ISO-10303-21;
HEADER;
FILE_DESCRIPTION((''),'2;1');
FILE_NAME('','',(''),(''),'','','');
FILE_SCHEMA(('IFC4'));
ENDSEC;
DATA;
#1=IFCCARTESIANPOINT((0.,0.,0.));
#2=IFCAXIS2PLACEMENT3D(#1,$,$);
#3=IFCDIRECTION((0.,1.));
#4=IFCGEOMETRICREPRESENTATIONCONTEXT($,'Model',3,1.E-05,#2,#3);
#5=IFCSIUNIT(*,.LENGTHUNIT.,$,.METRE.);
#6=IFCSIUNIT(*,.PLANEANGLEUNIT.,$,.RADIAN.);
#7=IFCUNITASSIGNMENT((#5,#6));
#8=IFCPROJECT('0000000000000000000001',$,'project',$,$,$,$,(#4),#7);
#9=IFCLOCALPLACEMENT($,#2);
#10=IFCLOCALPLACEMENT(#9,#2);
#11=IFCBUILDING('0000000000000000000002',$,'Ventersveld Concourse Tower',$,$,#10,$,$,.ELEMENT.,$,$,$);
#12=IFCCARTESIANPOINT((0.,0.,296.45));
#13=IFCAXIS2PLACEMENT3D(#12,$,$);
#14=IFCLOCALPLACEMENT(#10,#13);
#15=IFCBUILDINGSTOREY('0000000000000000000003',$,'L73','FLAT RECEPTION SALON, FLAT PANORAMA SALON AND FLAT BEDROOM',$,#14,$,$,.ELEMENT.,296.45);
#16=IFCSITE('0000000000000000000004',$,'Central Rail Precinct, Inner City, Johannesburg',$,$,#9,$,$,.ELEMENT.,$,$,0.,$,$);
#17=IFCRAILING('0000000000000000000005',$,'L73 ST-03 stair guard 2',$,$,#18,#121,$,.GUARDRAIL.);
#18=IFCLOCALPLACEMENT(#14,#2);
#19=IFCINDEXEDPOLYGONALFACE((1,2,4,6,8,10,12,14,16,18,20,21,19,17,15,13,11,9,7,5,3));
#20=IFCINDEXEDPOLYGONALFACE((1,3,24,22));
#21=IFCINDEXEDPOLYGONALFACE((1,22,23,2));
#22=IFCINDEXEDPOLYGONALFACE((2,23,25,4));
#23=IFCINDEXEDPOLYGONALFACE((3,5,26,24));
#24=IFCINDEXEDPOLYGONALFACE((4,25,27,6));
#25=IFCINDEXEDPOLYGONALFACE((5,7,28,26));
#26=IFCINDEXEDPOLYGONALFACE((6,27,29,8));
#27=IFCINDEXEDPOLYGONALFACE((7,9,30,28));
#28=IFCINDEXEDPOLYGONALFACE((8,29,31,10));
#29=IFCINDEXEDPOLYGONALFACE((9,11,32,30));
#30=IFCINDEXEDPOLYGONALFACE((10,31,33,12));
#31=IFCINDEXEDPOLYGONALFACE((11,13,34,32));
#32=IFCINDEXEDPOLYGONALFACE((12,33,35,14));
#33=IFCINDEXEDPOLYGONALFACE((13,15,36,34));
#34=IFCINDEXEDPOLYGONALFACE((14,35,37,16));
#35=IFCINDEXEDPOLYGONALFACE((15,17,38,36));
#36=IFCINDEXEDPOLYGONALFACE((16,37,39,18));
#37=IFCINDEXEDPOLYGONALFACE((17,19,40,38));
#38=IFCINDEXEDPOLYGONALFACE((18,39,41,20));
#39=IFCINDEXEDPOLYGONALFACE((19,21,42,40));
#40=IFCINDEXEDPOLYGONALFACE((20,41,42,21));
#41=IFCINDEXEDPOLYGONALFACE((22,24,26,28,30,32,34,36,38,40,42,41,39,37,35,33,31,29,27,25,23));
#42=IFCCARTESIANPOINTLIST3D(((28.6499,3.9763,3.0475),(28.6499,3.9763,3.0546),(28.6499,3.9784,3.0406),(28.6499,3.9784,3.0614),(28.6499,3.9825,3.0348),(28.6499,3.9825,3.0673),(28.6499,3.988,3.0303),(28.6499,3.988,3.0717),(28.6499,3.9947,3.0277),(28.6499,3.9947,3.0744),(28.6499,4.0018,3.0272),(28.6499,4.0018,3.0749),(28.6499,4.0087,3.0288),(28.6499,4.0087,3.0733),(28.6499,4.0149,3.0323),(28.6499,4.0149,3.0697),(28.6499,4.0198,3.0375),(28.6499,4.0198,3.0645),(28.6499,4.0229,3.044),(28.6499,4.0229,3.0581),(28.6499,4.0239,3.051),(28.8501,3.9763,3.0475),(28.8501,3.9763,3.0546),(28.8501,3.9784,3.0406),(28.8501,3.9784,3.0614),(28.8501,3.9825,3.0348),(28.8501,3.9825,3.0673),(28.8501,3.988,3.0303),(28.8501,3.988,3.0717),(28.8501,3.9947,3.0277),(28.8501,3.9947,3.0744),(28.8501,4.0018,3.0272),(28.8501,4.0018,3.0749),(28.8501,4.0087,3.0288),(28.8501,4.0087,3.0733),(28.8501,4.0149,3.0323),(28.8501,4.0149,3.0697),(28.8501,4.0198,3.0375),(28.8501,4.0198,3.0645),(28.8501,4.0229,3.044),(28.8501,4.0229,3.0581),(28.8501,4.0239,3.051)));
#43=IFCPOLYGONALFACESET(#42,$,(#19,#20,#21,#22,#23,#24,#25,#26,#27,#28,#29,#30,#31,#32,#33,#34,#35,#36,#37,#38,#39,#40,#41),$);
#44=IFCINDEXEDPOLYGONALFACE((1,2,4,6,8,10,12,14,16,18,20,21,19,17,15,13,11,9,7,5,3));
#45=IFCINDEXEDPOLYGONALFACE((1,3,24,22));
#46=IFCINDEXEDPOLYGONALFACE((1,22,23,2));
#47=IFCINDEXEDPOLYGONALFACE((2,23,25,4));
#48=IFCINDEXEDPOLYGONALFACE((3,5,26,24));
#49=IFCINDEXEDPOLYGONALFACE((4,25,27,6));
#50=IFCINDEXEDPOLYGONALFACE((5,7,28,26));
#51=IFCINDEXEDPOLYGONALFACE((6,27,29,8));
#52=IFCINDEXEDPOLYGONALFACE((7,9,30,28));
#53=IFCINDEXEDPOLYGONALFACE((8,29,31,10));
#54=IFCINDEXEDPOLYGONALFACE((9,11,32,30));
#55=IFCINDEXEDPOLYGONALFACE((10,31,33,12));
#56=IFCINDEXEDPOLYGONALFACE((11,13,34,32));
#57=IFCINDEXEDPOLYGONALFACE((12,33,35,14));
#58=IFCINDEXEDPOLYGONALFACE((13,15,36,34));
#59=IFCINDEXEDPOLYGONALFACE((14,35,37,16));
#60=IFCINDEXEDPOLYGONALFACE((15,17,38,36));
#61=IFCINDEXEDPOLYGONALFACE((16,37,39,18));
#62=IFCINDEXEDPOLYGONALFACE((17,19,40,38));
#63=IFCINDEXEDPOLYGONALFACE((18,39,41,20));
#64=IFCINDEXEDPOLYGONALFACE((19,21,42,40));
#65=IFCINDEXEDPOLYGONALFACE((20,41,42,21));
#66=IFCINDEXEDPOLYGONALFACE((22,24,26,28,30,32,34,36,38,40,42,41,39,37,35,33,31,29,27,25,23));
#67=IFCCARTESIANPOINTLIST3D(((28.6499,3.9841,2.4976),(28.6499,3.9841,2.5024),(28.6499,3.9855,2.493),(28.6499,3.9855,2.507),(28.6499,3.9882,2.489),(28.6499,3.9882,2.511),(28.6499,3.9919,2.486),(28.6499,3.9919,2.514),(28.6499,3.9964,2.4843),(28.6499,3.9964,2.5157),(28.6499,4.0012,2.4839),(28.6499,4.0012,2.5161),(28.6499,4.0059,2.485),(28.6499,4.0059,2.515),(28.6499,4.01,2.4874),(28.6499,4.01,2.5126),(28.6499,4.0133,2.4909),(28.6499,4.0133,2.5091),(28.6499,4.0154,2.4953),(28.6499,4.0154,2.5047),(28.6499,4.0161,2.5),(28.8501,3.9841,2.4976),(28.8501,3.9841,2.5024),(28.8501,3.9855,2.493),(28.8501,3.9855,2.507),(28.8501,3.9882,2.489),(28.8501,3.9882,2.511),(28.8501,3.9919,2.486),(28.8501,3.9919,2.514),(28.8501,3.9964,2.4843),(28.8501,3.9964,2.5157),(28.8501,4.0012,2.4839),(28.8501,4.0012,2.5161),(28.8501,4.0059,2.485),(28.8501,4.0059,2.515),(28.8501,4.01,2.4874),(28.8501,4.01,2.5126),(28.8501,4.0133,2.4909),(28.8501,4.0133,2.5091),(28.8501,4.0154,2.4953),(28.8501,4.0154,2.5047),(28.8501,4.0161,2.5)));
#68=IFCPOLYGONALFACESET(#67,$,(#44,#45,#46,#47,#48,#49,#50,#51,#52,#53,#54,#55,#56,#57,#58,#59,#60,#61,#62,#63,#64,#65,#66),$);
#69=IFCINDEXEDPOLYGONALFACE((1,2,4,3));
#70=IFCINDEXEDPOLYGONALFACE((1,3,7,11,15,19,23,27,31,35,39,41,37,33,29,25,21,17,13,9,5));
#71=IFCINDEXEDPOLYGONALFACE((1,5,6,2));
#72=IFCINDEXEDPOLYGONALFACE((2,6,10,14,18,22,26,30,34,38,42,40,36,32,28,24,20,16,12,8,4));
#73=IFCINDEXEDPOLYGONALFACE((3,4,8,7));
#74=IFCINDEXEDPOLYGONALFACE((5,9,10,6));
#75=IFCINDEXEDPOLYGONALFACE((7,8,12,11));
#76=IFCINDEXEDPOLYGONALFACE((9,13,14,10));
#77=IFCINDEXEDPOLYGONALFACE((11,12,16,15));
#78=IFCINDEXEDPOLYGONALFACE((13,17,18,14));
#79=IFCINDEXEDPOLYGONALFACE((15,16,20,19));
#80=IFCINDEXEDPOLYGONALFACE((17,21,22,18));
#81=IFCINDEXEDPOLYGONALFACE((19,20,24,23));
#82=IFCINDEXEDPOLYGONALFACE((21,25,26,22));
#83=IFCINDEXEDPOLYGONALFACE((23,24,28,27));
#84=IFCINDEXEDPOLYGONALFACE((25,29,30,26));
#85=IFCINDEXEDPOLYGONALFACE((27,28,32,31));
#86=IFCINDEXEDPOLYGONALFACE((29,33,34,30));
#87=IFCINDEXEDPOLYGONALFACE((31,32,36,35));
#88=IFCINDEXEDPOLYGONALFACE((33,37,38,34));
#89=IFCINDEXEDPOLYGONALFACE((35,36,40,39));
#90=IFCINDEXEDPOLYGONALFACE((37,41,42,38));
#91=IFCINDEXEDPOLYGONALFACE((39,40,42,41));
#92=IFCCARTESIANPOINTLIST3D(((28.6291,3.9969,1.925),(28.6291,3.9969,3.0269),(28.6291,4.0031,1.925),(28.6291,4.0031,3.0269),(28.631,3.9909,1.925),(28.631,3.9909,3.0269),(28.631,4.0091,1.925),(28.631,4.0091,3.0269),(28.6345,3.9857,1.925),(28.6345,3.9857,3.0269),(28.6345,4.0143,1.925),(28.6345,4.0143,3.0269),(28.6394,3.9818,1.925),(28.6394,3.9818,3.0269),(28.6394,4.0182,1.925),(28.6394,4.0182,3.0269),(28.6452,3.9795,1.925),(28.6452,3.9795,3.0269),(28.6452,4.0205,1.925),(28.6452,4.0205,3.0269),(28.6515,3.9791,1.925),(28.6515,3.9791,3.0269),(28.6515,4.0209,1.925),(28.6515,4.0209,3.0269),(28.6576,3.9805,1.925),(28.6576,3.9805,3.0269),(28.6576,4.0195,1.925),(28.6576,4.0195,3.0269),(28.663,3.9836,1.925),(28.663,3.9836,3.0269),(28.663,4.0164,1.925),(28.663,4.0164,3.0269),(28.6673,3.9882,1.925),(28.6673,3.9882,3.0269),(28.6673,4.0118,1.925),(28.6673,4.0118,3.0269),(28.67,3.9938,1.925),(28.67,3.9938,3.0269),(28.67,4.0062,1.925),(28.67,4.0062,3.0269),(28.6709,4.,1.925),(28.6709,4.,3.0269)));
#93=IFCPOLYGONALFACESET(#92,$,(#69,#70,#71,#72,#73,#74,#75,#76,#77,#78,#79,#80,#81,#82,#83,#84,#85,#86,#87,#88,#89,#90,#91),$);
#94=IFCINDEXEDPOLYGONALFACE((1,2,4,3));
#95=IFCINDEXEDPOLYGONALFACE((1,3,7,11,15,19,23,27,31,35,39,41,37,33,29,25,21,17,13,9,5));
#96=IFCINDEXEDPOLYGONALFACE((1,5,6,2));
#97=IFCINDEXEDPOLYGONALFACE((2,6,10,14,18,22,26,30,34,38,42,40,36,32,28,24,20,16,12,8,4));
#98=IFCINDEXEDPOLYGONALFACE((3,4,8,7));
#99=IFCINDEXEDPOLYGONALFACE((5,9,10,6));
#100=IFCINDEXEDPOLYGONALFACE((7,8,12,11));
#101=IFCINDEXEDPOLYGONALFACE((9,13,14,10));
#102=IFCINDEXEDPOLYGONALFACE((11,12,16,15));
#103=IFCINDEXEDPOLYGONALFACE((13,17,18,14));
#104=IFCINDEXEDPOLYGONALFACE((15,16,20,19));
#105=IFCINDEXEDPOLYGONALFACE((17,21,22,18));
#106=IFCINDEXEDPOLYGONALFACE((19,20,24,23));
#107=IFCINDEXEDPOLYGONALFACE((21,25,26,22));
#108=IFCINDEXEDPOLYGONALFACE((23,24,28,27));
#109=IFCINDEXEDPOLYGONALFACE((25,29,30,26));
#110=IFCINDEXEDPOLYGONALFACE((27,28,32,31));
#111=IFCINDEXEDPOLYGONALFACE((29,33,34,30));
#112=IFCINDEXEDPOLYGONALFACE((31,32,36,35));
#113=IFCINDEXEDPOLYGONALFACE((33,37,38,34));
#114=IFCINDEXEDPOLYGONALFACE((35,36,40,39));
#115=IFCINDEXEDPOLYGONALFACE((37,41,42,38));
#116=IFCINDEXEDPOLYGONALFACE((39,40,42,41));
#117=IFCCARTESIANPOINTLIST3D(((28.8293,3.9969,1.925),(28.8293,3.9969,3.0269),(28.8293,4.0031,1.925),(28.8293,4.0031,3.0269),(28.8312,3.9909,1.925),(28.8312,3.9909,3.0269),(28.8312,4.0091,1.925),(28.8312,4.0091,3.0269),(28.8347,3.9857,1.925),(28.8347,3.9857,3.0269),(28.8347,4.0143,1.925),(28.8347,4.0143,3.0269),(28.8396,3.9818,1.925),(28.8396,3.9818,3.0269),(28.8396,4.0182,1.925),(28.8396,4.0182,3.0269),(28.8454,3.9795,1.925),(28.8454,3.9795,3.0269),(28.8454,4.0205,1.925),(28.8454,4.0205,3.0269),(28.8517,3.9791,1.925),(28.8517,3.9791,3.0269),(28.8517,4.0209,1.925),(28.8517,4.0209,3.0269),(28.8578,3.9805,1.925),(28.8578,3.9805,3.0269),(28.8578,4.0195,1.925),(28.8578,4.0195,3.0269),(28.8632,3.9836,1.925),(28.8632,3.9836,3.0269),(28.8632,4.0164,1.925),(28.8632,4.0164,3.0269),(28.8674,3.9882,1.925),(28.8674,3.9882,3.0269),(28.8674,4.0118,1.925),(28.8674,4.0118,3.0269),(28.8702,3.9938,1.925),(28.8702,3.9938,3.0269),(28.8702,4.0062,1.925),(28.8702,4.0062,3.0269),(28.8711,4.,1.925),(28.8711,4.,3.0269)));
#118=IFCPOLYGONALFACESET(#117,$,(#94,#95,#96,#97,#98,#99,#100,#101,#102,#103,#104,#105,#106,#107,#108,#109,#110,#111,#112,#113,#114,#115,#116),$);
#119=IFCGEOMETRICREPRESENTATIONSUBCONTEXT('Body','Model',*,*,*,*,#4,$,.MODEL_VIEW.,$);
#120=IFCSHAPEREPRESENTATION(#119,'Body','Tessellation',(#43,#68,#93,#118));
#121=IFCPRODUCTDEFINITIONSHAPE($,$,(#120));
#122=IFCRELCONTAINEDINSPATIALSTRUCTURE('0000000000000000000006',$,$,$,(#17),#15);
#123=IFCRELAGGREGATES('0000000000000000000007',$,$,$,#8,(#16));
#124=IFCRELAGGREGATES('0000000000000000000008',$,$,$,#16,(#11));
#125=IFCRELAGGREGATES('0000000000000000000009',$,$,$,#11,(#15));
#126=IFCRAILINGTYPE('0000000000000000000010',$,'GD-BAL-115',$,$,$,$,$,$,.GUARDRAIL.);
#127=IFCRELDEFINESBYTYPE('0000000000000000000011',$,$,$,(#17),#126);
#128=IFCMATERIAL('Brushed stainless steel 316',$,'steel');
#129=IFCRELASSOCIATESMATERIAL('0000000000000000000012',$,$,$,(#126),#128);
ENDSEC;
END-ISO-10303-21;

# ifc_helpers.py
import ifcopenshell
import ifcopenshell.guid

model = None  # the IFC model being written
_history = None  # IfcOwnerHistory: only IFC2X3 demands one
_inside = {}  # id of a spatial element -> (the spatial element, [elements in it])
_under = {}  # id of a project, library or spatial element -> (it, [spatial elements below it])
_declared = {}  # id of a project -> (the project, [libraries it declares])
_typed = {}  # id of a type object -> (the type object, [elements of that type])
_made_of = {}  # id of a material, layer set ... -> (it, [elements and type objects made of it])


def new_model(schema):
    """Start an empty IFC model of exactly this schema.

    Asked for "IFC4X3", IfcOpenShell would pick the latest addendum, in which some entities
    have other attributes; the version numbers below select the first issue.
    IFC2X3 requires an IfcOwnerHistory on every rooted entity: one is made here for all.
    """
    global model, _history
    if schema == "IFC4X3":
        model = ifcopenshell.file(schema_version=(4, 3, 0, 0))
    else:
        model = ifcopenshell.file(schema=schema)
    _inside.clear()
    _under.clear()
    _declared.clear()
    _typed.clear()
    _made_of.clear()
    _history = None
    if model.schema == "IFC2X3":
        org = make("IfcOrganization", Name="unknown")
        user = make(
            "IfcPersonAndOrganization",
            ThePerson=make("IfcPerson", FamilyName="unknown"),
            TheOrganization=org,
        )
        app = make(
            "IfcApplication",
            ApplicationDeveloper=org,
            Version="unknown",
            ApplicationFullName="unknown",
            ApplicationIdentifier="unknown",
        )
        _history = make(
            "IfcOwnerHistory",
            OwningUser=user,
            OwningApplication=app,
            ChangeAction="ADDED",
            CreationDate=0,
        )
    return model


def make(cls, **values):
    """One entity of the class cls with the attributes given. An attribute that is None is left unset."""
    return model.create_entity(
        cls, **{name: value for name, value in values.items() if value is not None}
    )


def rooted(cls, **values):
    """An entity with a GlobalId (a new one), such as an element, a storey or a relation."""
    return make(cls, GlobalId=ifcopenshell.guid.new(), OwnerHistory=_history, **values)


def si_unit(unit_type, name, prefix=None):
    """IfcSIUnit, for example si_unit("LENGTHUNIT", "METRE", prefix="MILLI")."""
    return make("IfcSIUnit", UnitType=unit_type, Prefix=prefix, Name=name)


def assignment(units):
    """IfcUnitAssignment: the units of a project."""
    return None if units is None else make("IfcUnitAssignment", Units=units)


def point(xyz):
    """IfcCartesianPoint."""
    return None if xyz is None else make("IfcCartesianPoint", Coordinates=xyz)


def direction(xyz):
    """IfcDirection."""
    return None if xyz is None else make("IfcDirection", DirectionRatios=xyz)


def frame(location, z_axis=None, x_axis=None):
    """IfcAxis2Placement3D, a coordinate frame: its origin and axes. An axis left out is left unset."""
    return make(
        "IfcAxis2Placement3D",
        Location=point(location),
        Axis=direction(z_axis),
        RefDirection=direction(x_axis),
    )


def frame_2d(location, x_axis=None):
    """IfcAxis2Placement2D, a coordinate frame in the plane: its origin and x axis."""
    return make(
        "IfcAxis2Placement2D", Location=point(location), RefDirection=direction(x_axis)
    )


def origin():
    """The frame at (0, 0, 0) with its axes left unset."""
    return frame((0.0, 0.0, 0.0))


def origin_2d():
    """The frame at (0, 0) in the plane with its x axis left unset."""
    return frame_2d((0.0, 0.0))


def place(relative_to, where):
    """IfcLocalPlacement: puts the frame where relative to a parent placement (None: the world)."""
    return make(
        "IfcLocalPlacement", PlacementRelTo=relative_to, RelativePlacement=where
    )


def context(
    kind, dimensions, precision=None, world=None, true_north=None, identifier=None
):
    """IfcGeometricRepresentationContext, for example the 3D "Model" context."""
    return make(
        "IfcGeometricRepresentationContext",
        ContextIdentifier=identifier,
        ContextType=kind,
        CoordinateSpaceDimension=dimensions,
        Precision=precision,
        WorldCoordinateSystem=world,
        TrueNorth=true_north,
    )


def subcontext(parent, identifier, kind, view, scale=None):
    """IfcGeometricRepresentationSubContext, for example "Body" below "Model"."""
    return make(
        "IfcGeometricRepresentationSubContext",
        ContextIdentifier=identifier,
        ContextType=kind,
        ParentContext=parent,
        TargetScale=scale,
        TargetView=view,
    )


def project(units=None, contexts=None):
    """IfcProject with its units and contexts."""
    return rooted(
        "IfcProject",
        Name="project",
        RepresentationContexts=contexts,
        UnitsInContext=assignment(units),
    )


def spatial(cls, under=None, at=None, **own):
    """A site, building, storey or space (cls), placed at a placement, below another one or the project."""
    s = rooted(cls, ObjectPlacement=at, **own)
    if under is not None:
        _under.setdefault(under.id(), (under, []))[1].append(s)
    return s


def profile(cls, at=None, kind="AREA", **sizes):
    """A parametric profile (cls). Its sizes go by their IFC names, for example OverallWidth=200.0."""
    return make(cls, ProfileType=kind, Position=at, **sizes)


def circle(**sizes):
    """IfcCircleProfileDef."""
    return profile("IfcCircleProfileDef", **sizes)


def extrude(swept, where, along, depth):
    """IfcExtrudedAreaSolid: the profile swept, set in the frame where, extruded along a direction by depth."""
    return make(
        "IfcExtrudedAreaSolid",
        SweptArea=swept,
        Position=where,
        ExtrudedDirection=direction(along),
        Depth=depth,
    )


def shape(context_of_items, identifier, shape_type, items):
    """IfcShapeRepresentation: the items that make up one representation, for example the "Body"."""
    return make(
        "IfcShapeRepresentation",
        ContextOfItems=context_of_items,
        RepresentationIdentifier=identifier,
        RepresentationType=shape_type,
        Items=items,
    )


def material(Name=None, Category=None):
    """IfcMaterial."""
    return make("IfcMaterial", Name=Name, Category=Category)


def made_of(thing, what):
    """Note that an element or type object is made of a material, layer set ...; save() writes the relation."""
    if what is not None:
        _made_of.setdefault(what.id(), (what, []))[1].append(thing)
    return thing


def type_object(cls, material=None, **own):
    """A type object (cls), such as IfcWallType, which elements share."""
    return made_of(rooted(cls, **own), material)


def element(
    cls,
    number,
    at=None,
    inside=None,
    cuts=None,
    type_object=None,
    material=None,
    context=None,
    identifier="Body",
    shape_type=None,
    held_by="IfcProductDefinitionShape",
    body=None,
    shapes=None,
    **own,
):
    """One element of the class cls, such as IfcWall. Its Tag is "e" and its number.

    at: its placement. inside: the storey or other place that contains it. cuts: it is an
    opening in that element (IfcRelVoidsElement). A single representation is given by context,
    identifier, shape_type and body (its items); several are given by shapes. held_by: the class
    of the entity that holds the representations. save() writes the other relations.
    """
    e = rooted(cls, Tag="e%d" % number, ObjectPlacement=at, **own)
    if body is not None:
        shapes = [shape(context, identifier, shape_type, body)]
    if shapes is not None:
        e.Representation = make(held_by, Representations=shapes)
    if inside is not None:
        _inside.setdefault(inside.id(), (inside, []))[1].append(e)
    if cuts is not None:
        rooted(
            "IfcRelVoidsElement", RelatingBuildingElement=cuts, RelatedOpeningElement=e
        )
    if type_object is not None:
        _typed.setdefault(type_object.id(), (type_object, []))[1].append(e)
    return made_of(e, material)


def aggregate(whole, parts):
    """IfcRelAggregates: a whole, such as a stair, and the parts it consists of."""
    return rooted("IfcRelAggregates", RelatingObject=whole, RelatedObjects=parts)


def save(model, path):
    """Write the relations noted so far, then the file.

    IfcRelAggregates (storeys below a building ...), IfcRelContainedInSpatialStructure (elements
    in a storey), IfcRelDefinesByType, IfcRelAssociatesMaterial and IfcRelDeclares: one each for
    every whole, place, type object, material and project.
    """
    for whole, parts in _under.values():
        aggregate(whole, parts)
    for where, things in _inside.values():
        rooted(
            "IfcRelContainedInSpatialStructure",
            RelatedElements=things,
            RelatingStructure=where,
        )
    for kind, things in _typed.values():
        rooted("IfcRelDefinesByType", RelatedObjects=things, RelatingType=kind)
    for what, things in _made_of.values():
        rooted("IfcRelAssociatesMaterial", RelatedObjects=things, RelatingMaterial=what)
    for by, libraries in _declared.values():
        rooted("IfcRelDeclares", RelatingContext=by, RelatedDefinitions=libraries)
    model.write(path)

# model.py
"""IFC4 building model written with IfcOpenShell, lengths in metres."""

from ifc_helpers import new_model, si_unit, direction, frame, origin, origin_2d, place, context, subcontext, project, spatial, circle, extrude, material, type_object, element, save


model = new_model("IFC4")

# Units and contexts
model_context = context("Model", 3, precision=1e-05, world=origin(), true_north=direction((0.0, 1.0)))
body_context = subcontext(model_context, "Body", "Model", "MODEL_VIEW")
ifc_project = project(units=[si_unit("LENGTHUNIT", "METRE"), si_unit("PLANEANGLEUNIT", "RADIAN")], contexts=[model_context])

# Site, building, storey
site_placement = place(None, origin())
site = spatial("IfcSite", under=ifc_project, at=site_placement, Name="Central Rail Precinct, Inner City, Johannesburg", CompositionType="ELEMENT", RefElevation=0.0)
building_placement = place(site_placement, origin())
building = spatial("IfcBuilding", under=site, at=building_placement, Name="Ventersveld Concourse Tower", CompositionType="ELEMENT")
storey_placement = place(building_placement, frame((0.0, 0.0, 296.45)))
storey = spatial("IfcBuildingStorey", under=building, at=storey_placement, Name="L73", Description="FLAT RECEPTION SALON, FLAT PANORAMA SALON AND FLAT BEDROOM", CompositionType="ELEMENT", Elevation=296.45)

# Shared definitions
ifc_material_1 = material(Name="Brushed stainless steel 316", Category="steel")

# Railing
railing_type_1 = type_object("IfcRailingType", Name="GD-BAL-115", PredefinedType="GUARDRAIL", material=ifc_material_1)
railing_1_placement = place(storey_placement, frame((28.6499, 4.0, 1.925)))
element("IfcRailing", 1, at=railing_1_placement, inside=storey, type_object=railing_type_1, Name="L73 ST-03 stair guard 2", PredefinedType="GUARDRAIL", context=body_context, shape_type="SweptSolid", body=[
    extrude(circle(Radius=0.0239, at=origin_2d()), frame((0.0, 0.0, 1.126), z_axis=(1.0, 0.0, 0.0), x_axis=(0.0, 1.0, 0.0)), (0.0, 0.0, 1.0), 0.2002),
    extrude(circle(Radius=0.0161, at=origin_2d()), frame((0.0, 0.0, 0.575), z_axis=(1.0, 0.0, 0.0), x_axis=(0.0, 1.0, 0.0)), (0.0, 0.0, 1.0), 0.2002),
    extrude(circle(Radius=0.021, at=origin_2d()), origin(), (0.0, 0.0, 1.0), 1.1018),
    extrude(circle(Radius=0.021, at=origin_2d()), frame((0.2002, 0.0, 0.0)), (0.0, 0.0, 1.0), 1.1018),
])

save(model, "model.ifc")
